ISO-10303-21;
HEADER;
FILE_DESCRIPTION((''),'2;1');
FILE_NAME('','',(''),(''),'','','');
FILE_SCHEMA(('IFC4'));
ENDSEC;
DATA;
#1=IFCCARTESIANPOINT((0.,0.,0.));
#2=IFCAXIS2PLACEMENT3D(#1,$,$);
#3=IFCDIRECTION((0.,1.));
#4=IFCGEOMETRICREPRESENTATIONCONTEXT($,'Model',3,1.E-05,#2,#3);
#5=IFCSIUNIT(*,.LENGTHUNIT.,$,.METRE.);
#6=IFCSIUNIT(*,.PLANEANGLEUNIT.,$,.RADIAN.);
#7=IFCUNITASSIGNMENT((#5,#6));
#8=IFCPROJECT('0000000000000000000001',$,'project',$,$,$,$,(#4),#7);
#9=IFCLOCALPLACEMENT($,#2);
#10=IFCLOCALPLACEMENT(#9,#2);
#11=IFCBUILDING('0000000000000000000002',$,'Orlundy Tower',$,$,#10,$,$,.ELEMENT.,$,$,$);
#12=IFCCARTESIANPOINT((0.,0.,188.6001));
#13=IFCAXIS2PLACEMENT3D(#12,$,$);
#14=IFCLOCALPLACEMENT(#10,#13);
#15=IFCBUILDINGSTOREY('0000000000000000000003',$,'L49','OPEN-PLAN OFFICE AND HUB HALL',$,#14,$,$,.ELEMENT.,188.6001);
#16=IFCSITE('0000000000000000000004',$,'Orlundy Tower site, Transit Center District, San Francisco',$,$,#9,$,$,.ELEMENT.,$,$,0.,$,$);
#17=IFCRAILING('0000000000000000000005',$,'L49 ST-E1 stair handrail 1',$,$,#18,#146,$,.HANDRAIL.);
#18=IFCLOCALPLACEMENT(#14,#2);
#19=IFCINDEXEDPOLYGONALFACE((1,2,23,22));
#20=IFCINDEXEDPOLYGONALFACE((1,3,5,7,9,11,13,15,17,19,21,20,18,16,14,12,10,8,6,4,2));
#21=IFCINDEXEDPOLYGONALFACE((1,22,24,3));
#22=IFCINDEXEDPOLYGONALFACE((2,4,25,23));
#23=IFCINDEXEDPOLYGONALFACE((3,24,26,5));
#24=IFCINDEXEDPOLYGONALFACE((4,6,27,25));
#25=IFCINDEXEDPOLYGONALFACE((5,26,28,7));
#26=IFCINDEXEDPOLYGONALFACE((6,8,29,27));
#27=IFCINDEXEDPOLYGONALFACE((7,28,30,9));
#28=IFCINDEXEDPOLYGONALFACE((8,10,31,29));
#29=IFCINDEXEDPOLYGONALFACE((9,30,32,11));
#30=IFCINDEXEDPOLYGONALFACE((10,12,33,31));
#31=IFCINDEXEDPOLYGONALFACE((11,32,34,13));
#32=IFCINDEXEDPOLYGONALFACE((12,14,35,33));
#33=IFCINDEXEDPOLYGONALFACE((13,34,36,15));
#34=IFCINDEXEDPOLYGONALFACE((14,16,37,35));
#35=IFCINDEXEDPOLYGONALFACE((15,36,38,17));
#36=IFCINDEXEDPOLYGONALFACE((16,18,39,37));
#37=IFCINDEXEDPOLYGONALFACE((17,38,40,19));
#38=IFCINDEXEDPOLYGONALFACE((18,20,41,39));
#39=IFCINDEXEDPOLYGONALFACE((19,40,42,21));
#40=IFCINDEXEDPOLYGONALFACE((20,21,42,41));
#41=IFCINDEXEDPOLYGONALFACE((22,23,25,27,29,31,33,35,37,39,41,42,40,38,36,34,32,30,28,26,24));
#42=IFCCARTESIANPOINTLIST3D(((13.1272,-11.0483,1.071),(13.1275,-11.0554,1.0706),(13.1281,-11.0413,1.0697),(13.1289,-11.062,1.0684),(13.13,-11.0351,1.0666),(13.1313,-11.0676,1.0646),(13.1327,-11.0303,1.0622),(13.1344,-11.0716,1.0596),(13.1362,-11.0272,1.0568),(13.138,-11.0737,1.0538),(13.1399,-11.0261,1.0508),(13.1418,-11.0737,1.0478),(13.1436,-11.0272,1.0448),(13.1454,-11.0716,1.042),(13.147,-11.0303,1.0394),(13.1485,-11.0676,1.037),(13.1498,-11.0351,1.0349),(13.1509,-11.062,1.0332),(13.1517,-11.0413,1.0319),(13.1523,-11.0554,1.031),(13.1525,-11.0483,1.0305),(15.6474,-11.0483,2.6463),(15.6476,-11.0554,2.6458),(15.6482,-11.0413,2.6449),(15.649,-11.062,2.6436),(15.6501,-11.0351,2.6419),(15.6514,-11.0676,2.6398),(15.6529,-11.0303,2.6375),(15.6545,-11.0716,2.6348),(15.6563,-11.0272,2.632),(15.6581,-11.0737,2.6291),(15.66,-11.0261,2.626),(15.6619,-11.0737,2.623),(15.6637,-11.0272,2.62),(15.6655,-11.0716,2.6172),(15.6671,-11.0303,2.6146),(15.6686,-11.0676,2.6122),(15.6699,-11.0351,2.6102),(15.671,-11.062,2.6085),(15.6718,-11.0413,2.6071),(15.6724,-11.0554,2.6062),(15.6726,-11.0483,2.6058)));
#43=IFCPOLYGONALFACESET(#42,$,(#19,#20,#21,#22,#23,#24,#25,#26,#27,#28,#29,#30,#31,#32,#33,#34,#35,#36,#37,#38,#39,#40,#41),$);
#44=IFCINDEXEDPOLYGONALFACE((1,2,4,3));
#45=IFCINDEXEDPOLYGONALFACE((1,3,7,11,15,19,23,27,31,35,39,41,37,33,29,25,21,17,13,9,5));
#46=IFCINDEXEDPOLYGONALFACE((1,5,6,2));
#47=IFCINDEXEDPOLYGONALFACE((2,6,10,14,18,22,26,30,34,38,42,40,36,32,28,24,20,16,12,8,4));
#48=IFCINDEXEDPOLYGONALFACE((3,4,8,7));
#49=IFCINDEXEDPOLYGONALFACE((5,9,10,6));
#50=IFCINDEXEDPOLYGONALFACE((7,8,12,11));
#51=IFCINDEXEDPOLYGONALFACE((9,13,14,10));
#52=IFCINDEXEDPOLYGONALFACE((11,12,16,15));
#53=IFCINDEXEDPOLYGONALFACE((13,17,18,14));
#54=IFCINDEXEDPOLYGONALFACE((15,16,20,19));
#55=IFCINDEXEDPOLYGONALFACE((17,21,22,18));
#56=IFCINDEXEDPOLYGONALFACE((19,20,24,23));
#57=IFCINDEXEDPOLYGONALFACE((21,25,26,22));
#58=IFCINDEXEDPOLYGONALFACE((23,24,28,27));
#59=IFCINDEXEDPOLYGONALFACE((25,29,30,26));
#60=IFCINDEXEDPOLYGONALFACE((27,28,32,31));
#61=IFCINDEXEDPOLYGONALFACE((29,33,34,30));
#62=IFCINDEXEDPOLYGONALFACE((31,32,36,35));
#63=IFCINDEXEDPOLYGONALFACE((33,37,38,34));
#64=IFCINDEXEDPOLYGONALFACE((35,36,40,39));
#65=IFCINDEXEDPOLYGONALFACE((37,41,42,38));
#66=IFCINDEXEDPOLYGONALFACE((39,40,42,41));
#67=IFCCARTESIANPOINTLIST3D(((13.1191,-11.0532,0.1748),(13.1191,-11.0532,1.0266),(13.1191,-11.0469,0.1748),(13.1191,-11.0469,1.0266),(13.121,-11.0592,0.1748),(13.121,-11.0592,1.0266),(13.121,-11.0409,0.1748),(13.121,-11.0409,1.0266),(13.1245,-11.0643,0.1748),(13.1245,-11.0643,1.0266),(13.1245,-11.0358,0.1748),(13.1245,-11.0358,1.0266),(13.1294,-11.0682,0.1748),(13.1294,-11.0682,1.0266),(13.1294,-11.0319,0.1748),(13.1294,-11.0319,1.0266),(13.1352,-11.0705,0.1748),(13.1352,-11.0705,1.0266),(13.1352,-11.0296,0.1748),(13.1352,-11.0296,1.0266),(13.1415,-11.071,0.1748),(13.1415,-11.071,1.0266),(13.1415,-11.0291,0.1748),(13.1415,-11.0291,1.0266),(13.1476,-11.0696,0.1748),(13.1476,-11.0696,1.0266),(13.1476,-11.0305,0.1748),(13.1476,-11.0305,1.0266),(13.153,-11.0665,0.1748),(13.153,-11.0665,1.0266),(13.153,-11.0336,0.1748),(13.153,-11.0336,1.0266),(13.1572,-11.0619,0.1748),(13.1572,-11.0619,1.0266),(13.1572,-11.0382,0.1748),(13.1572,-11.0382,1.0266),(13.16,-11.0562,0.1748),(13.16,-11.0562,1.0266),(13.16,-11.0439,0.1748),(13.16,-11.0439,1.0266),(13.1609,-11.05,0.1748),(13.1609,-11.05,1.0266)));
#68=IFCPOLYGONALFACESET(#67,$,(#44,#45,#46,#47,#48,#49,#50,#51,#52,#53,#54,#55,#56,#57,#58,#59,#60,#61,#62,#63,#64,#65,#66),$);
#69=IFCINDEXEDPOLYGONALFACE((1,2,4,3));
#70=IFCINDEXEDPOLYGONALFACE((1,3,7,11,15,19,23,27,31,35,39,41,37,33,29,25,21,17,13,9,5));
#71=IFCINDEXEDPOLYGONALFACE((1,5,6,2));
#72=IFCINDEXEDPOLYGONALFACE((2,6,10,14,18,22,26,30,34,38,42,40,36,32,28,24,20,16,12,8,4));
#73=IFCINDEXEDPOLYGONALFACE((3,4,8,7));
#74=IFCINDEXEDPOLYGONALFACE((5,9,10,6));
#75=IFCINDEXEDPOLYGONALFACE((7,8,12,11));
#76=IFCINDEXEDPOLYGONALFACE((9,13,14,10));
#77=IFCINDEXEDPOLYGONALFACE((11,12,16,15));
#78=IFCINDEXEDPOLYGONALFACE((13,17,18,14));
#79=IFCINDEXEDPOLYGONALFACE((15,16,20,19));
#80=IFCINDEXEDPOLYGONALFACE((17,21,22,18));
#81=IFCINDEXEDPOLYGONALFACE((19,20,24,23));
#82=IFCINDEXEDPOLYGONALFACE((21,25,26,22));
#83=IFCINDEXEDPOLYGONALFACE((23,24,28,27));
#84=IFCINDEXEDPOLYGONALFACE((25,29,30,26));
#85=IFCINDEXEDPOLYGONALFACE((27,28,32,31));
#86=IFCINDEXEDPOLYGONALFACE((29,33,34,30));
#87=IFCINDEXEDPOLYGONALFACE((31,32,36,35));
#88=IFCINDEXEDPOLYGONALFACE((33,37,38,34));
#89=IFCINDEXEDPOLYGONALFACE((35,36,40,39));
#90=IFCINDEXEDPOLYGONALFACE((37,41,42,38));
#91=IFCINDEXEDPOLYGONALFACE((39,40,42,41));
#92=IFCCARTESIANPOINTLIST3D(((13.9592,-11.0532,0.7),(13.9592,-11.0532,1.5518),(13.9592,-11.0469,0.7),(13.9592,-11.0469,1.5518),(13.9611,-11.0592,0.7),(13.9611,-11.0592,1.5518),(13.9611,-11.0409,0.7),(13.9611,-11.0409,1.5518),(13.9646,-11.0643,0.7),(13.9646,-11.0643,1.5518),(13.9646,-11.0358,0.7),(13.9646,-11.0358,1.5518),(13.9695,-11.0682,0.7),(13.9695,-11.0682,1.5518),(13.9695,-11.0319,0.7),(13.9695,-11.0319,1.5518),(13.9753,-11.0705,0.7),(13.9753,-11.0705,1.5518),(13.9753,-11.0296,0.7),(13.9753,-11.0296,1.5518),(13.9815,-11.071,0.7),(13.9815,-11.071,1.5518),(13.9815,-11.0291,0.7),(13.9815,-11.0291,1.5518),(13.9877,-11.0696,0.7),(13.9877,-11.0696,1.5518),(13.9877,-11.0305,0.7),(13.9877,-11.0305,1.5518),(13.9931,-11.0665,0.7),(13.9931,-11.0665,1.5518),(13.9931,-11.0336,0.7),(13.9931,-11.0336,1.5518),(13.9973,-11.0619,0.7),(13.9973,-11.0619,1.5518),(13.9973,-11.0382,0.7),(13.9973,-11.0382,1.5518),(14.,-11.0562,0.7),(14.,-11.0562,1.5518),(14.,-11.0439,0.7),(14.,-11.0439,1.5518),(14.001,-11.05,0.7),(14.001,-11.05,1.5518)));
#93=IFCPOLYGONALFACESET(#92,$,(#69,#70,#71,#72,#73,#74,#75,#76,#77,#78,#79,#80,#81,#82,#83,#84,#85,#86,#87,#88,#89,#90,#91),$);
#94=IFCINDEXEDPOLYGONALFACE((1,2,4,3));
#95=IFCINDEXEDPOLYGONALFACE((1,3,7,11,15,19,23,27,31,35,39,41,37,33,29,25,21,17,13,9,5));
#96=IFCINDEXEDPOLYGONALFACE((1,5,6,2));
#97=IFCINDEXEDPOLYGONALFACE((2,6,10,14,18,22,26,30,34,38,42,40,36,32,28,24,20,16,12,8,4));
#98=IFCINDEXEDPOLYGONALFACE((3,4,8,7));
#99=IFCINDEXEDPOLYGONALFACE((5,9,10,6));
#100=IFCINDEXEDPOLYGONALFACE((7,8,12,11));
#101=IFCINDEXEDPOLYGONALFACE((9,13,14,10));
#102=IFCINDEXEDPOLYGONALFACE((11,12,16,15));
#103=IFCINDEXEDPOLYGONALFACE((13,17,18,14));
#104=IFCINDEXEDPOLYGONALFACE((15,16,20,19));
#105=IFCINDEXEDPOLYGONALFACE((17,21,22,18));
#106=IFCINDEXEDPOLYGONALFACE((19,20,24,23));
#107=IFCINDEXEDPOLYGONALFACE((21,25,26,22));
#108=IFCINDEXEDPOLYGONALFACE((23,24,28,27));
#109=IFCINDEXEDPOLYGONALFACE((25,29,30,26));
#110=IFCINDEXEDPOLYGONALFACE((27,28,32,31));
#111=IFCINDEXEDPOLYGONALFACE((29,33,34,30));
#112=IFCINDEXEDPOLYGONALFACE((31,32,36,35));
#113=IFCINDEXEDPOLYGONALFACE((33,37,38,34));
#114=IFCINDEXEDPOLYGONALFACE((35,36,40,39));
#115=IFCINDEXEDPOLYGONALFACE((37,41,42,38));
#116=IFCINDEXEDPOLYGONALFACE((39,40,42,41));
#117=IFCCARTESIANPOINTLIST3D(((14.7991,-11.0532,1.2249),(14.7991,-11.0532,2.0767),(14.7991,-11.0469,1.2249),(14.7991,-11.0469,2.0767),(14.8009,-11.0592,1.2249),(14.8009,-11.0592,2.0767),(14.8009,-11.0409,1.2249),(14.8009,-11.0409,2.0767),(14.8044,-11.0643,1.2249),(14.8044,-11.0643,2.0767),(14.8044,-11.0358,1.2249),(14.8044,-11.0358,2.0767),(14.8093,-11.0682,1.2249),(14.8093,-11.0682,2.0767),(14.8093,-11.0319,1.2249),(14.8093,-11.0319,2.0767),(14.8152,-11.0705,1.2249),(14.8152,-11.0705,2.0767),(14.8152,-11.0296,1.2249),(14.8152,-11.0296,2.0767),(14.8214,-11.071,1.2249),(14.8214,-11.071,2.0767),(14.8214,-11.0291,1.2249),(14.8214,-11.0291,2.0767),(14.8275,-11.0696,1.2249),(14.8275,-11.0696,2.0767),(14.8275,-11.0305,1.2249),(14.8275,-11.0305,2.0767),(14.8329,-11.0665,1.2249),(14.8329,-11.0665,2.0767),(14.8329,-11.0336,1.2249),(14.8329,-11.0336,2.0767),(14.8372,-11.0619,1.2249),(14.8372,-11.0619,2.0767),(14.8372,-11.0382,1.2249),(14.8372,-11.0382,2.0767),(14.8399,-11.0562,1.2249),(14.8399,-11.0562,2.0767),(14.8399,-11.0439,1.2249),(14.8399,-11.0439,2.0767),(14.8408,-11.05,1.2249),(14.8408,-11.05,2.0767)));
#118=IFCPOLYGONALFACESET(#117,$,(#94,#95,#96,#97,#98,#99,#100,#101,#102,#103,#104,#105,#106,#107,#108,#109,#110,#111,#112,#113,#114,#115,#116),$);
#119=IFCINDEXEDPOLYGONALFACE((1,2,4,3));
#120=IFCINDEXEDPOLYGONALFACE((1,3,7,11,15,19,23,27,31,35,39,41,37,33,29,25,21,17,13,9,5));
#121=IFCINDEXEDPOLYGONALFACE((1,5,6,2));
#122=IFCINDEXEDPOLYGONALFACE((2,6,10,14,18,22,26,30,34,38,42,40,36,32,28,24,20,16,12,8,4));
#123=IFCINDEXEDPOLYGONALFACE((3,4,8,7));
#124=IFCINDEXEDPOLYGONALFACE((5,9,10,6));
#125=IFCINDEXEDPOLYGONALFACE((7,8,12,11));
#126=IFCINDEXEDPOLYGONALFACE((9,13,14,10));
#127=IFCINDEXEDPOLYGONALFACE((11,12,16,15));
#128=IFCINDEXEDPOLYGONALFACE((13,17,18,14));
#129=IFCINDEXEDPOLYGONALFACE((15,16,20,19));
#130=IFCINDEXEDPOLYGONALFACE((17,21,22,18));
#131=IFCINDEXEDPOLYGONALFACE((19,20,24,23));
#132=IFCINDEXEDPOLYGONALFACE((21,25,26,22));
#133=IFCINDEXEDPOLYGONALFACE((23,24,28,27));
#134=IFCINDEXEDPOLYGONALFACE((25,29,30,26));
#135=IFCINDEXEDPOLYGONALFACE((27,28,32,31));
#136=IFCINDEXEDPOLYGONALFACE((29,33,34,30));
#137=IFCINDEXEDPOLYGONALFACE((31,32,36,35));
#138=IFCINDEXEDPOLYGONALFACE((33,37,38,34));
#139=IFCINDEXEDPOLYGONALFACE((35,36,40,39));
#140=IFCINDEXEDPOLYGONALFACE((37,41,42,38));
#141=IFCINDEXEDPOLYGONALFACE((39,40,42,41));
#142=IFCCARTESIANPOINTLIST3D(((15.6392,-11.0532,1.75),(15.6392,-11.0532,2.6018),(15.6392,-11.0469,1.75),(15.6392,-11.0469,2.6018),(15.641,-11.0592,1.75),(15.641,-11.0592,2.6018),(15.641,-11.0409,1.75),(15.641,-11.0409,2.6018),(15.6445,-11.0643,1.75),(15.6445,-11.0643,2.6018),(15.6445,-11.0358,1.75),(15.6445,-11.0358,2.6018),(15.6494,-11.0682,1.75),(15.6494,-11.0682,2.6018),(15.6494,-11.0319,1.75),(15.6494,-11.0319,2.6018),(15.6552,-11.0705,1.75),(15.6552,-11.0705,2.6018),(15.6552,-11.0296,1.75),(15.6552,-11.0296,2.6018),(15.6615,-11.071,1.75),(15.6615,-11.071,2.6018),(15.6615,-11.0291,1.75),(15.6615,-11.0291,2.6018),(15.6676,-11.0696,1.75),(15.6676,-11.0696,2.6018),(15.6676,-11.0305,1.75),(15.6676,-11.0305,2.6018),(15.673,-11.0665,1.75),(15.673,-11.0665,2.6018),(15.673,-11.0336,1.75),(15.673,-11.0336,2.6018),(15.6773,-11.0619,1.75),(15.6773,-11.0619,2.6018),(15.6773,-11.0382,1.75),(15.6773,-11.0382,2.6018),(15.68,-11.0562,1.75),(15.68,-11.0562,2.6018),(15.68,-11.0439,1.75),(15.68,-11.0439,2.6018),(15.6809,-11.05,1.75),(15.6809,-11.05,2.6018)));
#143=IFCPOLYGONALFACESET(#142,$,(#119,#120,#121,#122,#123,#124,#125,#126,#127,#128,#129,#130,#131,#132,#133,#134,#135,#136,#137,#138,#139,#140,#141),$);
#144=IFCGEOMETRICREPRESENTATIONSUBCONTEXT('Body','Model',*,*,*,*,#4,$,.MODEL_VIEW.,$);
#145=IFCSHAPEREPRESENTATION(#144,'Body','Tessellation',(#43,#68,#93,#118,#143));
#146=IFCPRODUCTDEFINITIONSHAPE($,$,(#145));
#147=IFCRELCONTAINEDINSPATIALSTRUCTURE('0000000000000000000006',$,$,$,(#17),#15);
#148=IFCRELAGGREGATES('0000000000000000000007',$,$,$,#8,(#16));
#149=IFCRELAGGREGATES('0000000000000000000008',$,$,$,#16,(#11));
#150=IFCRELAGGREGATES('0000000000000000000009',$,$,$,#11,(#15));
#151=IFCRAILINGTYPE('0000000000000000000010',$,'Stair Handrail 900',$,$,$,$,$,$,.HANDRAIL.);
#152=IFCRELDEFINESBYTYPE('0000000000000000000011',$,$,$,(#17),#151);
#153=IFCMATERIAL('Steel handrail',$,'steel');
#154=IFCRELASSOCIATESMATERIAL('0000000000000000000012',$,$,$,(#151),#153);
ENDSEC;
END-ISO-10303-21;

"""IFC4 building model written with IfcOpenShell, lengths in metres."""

from ifc_helpers import new_model, si_unit, direction, frame, origin, origin_2d, place, context, subcontext, project, spatial, circle, extrude, material, type_object, element, save


model = new_model("IFC4")

# Units and contexts
model_context = context("Model", 3, precision=1e-05, world=origin(), true_north=direction((0.0, 1.0)))
body_context = subcontext(model_context, "Body", "Model", "MODEL_VIEW")
ifc_project = project(units=[si_unit("LENGTHUNIT", "METRE"), si_unit("PLANEANGLEUNIT", "RADIAN")], contexts=[model_context])

# Site, building, storey
site_placement = place(None, origin())
site = spatial("IfcSite", under=ifc_project, at=site_placement, Name="Orlundy Tower site, Transit Center District, San Francisco", CompositionType="ELEMENT", RefElevation=0.0)
building_placement = place(site_placement, origin())
building = spatial("IfcBuilding", under=site, at=building_placement, Name="Orlundy Tower", CompositionType="ELEMENT")
storey_placement = place(building_placement, frame((0.0, 0.0, 188.6001)))
storey = spatial("IfcBuildingStorey", under=building, at=storey_placement, Name="L49", Description="OPEN-PLAN OFFICE AND HUB HALL", CompositionType="ELEMENT", Elevation=188.6001)

# Railing
ifc_material_1 = material(Name="Steel handrail", Category="steel")
railing_type_1 = type_object("IfcRailingType", Name="Stair Handrail 900", PredefinedType="HANDRAIL", material=ifc_material_1)
railing_1_placement = place(storey_placement, frame((13.1399, -11.05, 0.1748)))
element("IfcRailing", 1, at=railing_1_placement, inside=storey, type_object=railing_type_1, Name="L49 ST-E1 stair handrail 1", PredefinedType="HANDRAIL", context=body_context, shape_type="SweptSolid", body=[
    extrude(circle(Radius=0.0239, at=origin_2d()), frame((0.0, 0.0, 0.876), z_axis=(0.847971, 0.0, 0.530043), x_axis=(0.0, 1.0, 0.0)), (0.0, 0.0, 1.0), 2.9719),
    extrude(circle(Radius=0.021, at=origin_2d()), origin(), (0.0, 0.0, 1.0), 0.8518),
    extrude(circle(Radius=0.021, at=origin_2d()), frame((0.8401, 0.0, 0.5251)), (0.0, 0.0, 1.0), 0.8518),
    extrude(circle(Radius=0.021, at=origin_2d()), frame((1.6799, 0.0, 1.05)), (0.0, 0.0, 1.0), 0.8518),
    extrude(circle(Radius=0.021, at=origin_2d()), frame((2.52, 0.0, 1.5752)), (0.0, 0.0, 1.0), 0.8518),
])

save(model, "model.ifc")
